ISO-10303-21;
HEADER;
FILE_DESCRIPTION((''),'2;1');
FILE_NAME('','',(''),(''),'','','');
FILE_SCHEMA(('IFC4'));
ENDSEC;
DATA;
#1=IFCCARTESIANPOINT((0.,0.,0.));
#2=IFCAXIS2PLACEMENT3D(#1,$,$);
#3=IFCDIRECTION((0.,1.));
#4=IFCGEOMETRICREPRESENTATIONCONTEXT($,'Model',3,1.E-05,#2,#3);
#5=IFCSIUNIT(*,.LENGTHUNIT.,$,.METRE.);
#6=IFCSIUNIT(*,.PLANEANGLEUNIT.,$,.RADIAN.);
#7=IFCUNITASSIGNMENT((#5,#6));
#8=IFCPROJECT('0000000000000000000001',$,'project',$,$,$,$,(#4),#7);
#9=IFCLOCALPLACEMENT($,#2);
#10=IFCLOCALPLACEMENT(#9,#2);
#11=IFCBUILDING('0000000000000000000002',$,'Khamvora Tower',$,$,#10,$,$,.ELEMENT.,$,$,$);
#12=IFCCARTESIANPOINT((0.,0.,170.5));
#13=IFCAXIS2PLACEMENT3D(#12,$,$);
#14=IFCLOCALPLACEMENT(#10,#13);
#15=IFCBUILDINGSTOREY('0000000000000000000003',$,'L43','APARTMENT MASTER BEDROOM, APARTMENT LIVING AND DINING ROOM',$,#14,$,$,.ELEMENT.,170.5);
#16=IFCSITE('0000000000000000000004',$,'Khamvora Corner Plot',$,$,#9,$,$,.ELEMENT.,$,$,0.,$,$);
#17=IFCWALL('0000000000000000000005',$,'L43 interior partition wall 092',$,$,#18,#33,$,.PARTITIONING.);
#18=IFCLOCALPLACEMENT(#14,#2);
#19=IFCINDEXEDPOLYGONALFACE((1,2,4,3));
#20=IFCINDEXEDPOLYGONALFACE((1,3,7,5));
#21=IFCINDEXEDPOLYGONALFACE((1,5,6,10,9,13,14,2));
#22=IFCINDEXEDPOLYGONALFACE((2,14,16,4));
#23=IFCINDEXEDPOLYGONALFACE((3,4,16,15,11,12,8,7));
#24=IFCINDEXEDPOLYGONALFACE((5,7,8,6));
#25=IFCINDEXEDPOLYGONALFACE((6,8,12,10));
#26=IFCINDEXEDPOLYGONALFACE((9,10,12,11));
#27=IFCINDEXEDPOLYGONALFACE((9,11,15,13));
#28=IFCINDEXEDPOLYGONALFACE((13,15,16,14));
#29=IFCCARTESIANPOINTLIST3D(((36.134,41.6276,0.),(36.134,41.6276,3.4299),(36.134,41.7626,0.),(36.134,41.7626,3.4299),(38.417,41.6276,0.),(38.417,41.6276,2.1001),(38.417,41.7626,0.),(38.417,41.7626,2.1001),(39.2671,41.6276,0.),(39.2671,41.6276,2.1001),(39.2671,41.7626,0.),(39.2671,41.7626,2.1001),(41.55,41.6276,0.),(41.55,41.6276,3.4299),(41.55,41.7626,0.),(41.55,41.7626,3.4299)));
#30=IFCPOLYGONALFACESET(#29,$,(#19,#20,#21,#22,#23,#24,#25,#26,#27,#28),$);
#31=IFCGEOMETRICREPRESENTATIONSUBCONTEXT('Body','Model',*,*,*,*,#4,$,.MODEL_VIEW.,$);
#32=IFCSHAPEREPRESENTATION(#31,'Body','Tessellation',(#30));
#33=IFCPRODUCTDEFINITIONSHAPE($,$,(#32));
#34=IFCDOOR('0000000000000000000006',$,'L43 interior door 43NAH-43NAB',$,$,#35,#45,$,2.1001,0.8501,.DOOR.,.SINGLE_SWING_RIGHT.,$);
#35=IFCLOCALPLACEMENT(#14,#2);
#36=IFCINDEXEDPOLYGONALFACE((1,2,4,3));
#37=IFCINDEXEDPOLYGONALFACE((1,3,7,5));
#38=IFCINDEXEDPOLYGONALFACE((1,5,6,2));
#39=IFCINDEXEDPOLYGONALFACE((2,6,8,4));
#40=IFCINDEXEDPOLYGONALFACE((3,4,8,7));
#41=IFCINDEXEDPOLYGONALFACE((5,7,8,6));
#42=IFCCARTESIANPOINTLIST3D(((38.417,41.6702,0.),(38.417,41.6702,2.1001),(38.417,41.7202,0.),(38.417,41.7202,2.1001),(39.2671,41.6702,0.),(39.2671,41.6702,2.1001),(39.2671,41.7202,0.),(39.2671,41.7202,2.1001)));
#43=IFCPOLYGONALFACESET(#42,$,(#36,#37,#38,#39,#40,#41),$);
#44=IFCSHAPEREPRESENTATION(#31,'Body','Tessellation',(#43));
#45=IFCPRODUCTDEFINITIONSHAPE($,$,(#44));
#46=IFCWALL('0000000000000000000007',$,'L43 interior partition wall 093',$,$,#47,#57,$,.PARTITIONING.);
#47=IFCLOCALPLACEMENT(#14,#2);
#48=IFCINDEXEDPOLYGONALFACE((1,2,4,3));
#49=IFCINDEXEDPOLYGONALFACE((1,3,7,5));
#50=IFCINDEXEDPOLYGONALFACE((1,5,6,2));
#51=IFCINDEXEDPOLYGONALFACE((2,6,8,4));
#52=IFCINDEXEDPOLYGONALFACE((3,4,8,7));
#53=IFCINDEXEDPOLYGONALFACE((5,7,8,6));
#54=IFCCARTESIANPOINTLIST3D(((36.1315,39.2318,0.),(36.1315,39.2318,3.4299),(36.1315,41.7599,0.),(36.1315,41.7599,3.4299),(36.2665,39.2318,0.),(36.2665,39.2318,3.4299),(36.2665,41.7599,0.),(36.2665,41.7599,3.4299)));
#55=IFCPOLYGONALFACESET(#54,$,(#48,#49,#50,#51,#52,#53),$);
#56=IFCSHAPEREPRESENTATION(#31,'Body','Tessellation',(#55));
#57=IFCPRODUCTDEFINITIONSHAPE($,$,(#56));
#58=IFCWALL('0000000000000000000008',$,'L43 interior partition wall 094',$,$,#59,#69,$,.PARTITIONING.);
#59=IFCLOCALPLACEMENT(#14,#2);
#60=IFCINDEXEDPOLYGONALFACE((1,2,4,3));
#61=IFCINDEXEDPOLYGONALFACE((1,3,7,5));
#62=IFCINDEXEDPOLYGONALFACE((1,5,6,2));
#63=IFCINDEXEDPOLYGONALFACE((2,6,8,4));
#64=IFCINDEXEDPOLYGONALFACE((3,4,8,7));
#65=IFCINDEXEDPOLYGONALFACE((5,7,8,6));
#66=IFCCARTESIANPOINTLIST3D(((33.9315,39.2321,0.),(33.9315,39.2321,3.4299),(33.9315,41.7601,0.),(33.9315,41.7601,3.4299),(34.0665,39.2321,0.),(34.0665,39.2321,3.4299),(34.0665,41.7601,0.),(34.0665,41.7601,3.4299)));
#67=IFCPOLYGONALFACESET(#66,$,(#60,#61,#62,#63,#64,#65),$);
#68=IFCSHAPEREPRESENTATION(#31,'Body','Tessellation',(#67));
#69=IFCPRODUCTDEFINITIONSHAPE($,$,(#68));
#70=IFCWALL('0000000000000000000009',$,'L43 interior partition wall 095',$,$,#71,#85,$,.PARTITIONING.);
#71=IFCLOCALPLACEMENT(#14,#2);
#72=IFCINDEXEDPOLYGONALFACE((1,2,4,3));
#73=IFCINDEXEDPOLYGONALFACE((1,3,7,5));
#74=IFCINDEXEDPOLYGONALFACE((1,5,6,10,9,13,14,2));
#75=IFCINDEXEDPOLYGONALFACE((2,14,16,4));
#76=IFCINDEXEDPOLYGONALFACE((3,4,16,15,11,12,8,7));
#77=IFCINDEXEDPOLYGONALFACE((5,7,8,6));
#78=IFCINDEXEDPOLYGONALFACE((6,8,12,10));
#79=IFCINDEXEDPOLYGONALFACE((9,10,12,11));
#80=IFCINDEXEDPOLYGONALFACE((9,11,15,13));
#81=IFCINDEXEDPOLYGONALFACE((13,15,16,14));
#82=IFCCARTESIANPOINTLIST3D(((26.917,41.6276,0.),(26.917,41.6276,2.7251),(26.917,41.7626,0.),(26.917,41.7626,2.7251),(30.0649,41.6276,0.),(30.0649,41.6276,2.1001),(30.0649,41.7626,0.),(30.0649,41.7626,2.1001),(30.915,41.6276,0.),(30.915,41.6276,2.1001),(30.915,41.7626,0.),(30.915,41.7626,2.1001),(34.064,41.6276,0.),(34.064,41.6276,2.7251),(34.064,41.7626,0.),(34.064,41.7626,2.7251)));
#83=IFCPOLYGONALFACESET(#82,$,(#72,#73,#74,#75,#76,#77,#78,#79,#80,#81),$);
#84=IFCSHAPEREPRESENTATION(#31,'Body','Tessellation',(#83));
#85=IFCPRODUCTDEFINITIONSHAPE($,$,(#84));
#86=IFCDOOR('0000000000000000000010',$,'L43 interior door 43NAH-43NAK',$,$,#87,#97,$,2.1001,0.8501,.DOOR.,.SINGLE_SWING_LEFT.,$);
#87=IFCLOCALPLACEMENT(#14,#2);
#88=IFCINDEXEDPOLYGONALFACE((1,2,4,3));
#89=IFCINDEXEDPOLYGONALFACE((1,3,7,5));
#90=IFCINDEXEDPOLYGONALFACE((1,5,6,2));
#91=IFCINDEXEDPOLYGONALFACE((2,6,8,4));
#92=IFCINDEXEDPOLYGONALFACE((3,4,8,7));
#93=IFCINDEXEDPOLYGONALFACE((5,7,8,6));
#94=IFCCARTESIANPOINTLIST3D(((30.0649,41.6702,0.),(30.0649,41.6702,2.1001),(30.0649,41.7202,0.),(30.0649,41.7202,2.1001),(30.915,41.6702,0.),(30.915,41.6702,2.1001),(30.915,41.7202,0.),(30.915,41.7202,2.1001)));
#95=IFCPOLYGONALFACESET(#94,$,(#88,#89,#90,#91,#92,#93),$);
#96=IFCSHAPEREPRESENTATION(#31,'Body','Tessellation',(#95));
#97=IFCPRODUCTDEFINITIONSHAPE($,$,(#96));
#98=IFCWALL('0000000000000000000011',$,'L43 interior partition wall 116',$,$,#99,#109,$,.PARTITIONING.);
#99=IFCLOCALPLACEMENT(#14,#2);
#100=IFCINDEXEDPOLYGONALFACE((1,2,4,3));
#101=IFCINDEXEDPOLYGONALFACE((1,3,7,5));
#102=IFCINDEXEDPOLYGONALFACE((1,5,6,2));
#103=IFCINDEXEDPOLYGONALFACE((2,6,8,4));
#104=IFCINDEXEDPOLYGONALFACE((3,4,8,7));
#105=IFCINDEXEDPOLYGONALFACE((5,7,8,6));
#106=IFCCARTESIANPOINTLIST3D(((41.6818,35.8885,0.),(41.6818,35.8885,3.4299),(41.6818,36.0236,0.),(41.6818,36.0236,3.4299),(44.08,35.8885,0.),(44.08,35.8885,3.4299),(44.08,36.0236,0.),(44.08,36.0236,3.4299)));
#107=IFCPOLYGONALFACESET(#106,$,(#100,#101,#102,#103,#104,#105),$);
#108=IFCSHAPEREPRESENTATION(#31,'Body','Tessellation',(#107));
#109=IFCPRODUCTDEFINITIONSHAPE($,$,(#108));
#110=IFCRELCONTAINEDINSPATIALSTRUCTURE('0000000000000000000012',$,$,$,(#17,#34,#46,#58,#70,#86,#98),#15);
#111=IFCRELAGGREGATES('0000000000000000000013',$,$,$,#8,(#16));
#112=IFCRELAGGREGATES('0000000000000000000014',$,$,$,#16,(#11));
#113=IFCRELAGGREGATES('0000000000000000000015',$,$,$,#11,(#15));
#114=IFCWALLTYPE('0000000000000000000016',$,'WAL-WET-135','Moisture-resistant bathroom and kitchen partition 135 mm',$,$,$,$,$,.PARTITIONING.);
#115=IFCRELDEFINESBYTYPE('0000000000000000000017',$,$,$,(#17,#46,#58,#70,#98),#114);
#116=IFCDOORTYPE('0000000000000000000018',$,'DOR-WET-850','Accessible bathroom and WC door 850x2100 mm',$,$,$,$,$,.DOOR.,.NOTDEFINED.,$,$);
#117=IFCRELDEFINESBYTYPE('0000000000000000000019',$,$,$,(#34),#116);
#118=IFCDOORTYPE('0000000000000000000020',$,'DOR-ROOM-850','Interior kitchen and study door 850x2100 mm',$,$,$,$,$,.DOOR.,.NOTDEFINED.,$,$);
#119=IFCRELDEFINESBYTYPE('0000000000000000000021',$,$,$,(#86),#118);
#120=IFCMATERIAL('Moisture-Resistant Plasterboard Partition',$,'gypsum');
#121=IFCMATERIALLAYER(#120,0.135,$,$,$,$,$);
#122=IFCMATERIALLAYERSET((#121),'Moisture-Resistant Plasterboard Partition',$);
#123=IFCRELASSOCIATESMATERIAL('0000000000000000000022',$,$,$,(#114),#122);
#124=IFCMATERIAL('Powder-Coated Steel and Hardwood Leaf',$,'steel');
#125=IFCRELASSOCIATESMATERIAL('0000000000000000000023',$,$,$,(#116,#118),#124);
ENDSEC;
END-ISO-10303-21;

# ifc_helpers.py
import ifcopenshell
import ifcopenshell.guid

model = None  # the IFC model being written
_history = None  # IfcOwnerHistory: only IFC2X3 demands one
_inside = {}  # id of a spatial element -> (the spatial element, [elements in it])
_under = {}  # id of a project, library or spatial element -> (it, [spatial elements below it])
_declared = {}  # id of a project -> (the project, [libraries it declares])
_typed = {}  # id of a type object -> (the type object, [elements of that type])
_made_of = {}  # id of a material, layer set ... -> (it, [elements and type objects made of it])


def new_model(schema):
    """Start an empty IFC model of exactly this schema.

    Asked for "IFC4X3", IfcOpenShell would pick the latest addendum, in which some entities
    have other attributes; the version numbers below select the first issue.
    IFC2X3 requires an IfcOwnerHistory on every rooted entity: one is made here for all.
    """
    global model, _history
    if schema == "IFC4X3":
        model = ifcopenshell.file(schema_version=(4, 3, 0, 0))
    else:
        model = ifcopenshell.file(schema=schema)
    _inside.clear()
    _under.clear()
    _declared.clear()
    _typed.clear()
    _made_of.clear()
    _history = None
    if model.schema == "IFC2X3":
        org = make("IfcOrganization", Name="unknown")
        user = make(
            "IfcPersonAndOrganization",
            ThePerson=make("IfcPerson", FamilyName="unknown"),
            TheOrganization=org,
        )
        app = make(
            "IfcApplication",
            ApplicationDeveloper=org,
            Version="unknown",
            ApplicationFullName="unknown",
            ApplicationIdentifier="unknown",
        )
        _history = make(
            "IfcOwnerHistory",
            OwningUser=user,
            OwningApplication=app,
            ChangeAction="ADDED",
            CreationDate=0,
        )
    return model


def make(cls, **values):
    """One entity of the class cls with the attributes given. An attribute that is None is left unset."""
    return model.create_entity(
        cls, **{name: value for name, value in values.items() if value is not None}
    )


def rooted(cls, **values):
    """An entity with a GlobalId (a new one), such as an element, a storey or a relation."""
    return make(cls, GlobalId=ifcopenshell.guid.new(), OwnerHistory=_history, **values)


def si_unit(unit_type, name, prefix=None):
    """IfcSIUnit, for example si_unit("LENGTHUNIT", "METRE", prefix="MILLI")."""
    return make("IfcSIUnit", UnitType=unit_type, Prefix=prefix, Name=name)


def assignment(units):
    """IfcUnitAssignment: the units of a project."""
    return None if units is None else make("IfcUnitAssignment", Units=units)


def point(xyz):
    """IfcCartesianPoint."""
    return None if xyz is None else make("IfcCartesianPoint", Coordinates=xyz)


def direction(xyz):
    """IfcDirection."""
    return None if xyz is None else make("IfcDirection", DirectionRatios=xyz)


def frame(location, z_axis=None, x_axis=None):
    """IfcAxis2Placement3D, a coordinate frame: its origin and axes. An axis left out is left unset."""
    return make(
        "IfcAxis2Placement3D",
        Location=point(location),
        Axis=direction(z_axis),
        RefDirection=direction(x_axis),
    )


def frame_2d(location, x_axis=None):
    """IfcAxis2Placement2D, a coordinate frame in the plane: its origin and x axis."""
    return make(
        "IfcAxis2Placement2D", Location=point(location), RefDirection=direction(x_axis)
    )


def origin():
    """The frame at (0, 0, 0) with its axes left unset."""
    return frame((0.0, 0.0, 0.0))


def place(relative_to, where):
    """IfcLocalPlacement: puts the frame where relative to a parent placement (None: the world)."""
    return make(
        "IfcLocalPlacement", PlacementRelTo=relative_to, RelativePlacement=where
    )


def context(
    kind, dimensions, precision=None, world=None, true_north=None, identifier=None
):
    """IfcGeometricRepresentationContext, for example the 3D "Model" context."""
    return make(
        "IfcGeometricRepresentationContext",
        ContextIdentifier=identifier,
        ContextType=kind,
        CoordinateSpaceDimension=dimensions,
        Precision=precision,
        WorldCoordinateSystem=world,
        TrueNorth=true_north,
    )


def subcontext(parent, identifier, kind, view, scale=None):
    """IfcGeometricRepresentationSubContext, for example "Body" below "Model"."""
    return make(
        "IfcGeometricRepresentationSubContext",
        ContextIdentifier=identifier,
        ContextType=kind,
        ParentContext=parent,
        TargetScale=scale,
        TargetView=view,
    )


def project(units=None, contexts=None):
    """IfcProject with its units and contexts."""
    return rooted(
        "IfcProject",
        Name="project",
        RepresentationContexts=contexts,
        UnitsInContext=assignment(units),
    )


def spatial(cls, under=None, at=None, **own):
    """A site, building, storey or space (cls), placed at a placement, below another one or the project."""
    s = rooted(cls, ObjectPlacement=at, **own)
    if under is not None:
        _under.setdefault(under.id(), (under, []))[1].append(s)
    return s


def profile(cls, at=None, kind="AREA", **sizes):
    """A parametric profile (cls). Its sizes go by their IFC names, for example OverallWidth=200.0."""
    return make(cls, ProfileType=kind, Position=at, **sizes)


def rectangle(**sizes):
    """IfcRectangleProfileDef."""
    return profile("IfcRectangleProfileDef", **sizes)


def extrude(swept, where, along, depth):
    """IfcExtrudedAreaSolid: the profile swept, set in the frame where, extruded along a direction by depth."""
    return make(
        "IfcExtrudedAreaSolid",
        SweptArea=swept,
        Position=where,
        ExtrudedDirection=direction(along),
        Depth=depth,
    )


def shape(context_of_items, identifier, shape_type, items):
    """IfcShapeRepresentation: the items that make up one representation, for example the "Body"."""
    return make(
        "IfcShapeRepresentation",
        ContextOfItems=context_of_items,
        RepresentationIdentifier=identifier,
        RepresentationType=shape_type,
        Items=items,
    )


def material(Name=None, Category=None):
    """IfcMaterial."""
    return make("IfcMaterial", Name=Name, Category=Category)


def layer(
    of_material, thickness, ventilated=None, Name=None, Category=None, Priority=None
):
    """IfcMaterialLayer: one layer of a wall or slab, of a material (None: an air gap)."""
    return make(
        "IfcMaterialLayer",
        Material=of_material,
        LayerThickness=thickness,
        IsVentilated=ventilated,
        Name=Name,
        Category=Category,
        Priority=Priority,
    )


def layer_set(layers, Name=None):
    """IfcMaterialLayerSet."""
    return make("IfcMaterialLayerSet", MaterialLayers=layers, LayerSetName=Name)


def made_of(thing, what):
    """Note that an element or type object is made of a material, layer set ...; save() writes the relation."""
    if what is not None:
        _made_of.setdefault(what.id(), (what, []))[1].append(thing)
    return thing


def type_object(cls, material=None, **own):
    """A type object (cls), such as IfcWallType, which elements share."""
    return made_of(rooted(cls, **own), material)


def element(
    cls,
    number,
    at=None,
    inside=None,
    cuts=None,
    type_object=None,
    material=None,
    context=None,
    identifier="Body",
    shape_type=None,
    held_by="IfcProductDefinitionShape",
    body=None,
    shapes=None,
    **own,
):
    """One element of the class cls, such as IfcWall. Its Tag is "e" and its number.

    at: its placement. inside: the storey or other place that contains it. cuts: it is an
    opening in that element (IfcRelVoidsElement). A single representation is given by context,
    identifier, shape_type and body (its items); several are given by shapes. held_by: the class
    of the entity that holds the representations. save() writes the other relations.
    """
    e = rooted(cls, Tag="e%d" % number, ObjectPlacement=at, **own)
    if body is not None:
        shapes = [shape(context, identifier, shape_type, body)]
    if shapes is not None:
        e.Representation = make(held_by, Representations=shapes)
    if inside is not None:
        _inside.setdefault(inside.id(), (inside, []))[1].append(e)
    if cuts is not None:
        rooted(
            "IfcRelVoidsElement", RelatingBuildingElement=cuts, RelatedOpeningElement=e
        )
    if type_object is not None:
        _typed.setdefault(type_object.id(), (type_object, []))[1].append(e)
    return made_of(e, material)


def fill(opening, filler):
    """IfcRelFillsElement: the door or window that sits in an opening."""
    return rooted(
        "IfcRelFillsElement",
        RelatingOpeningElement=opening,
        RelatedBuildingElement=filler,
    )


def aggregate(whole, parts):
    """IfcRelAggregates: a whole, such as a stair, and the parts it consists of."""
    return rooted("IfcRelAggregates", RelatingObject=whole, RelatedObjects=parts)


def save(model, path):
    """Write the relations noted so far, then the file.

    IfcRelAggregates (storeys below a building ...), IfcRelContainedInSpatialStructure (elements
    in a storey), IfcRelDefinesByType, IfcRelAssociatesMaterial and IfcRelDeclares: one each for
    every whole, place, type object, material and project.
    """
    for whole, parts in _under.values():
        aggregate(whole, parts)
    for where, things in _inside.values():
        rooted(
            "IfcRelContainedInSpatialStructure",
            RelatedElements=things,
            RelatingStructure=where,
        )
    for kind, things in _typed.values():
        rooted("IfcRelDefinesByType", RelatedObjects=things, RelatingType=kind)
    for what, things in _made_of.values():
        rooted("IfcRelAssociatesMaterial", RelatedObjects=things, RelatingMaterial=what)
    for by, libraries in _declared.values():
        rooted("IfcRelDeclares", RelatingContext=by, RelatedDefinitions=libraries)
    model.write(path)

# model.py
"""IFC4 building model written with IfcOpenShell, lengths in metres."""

from ifc_helpers import new_model, si_unit, direction, frame, frame_2d, origin, place, context, subcontext, project, spatial, rectangle, extrude, material, layer, layer_set, type_object, element, fill, save


model = new_model("IFC4")

# Units and contexts
model_context = context("Model", 3, precision=1e-05, world=origin(), true_north=direction((0.0, 1.0)))
body_context = subcontext(model_context, "Body", "Model", "MODEL_VIEW")
ifc_project = project(units=[si_unit("LENGTHUNIT", "METRE"), si_unit("PLANEANGLEUNIT", "RADIAN")], contexts=[model_context])

# Site, building, storey
site_placement = place(None, origin())
site = spatial("IfcSite", under=ifc_project, at=site_placement, Name="Khamvora Corner Plot", CompositionType="ELEMENT", RefElevation=0.0)
building_placement = place(site_placement, origin())
building = spatial("IfcBuilding", under=site, at=building_placement, Name="Khamvora Tower", CompositionType="ELEMENT")
storey_placement = place(building_placement, frame((0.0, 0.0, 170.5)))
storey = spatial("IfcBuildingStorey", under=building, at=storey_placement, Name="L43", Description="APARTMENT MASTER BEDROOM, APARTMENT LIVING AND DINING ROOM", CompositionType="ELEMENT", Elevation=170.5)

# Shared definitions
ifc_material_1 = material(Name="Powder-Coated Steel and Hardwood Leaf", Category="steel")

# Wall, opening, door
ifc_material_2 = material(Name="Moisture-Resistant Plasterboard Partition", Category="gypsum")
ifc_layer_1 = layer(ifc_material_2, 0.135)
ifc_layer_set_1 = layer_set([ifc_layer_1], Name="Moisture-Resistant Plasterboard Partition")
wall_type_1 = type_object("IfcWallType", Name="WAL-WET-135", Description="Moisture-resistant bathroom and kitchen partition 135 mm", PredefinedType="PARTITIONING", material=ifc_layer_set_1)
wall_1_placement = place(storey_placement, frame((41.55, 41.6951, 0.0), z_axis=(0.0, 0.0, 1.0), x_axis=(-1.0, 0.0, 0.0)))
wall_1 = element("IfcWall", 1, at=wall_1_placement, inside=storey, type_object=wall_type_1, Name="L43 interior partition wall 092", PredefinedType="PARTITIONING", context=body_context, shape_type="SweptSolid", body=[
    extrude(rectangle(XDim=5.416, YDim=0.135, at=frame_2d((2.708, 0.0))), origin(), (0.0, 0.0, 1.0), 3.4299),
])
opening_1_placement = place(wall_1_placement, frame((2.283, 0.0, 0.0)))
opening_1 = element("IfcOpeningElement", 2, at=opening_1_placement, cuts=wall_1, PredefinedType="OPENING", context=body_context, shape_type="SweptSolid", body=[
    extrude(rectangle(XDim=0.8501, YDim=2.1001, at=frame_2d((0.425, 1.05))), frame((0.0, 0.0774, 0.0), z_axis=(0.0, -1.0, 0.0), x_axis=(1.0, 0.0, 0.0)), (0.0, 0.0, 1.0), 0.155),
])
door_type_1 = type_object("IfcDoorType", Name="DOR-WET-850", Description="Accessible bathroom and WC door 850x2100 mm", OperationType="NOTDEFINED", PredefinedType="DOOR", material=ifc_material_1)
door_1_placement = place(opening_1_placement, origin())
door_1 = element("IfcDoor", 3, at=door_1_placement, inside=storey, type_object=door_type_1, Name="L43 interior door 43NAH-43NAB", OperationType="SINGLE_SWING_RIGHT", OverallHeight=2.1001, OverallWidth=0.8501, PredefinedType="DOOR", context=body_context, shape_type="SweptSolid", body=[
    extrude(rectangle(XDim=0.8501, YDim=2.1001, at=frame_2d((0.425, 1.05))), frame((0.0, 0.0249, 0.0), z_axis=(0.0, -1.0, 0.0), x_axis=(1.0, 0.0, 0.0)), (0.0, 0.0, 1.0), 0.05),
])
fill(opening_1, door_1)

# Walls
for number, where, z_axis, x_axis, name in (
    (4, (36.199, 41.76, 0.0), (0.0, 0.0, 1.0), (0.0, -1.0, 0.0), "L43 interior partition wall 093"),
    (5, (33.999, 39.2319, 0.0), (0.0, 0.0, 1.0), (0.0, 1.0, 0.0), "L43 interior partition wall 094"),
):
    element("IfcWall", number, at=place(storey_placement, frame(where, z_axis=z_axis, x_axis=x_axis)), inside=storey, type_object=wall_type_1, Name=name, PredefinedType="PARTITIONING", context=body_context, shape_type="SweptSolid", body=[
        extrude(rectangle(XDim=2.5281, YDim=0.135, at=frame_2d((1.2642, 0.0))), origin(), (0.0, 0.0, 1.0), 3.4299),
    ])

# Wall, opening, door
wall_2_placement = place(storey_placement, frame((34.064, 41.6951, 0.0), z_axis=(0.0, 0.0, 1.0), x_axis=(-1.0, 0.0, 0.0)))
wall_2 = element("IfcWall", 6, at=wall_2_placement, inside=storey, type_object=wall_type_1, Name="L43 interior partition wall 095", PredefinedType="PARTITIONING", context=body_context, shape_type="SweptSolid", body=[
    extrude(rectangle(XDim=7.147, YDim=0.135, at=frame_2d((3.5735, 0.0))), origin(), (0.0, 0.0, 1.0), 2.7251),
])
opening_2_placement = place(wall_2_placement, frame((3.1489, 0.0, 0.0)))
opening_2 = element("IfcOpeningElement", 7, at=opening_2_placement, cuts=wall_2, PredefinedType="OPENING", context=body_context, shape_type="SweptSolid", body=[
    extrude(rectangle(XDim=0.8501, YDim=2.1001, at=frame_2d((0.425, 1.05))), frame((0.0, 0.0774, 0.0), z_axis=(0.0, -1.0, 0.0), x_axis=(1.0, 0.0, 0.0)), (0.0, 0.0, 1.0), 0.155),
])
door_type_2 = type_object("IfcDoorType", Name="DOR-ROOM-850", Description="Interior kitchen and study door 850x2100 mm", OperationType="NOTDEFINED", PredefinedType="DOOR", material=ifc_material_1)
door_2_placement = place(opening_2_placement, origin())
door_2 = element("IfcDoor", 8, at=door_2_placement, inside=storey, type_object=door_type_2, Name="L43 interior door 43NAH-43NAK", OperationType="SINGLE_SWING_LEFT", OverallHeight=2.1001, OverallWidth=0.8501, PredefinedType="DOOR", context=body_context, shape_type="SweptSolid", body=[
    extrude(rectangle(XDim=0.8501, YDim=2.1001, at=frame_2d((0.425, 1.05))), frame((0.0, 0.0249, 0.0), z_axis=(0.0, -1.0, 0.0), x_axis=(1.0, 0.0, 0.0)), (0.0, 0.0, 1.0), 0.05),
])
fill(opening_2, door_2)

# Wall
wall_3_placement = place(storey_placement, frame((44.0801, 35.9561, 0.0), z_axis=(0.0, 0.0, 1.0), x_axis=(-1.0, 0.0, 0.0)))
element("IfcWall", 9, at=wall_3_placement, inside=storey, type_object=wall_type_1, Name="L43 interior partition wall 116", PredefinedType="PARTITIONING", context=body_context, shape_type="SweptSolid", body=[
    extrude(rectangle(XDim=2.3982, YDim=0.135, at=frame_2d((1.1992, 0.0))), origin(), (0.0, 0.0, 1.0), 3.4299),
])

save(model, "model.ifc")
